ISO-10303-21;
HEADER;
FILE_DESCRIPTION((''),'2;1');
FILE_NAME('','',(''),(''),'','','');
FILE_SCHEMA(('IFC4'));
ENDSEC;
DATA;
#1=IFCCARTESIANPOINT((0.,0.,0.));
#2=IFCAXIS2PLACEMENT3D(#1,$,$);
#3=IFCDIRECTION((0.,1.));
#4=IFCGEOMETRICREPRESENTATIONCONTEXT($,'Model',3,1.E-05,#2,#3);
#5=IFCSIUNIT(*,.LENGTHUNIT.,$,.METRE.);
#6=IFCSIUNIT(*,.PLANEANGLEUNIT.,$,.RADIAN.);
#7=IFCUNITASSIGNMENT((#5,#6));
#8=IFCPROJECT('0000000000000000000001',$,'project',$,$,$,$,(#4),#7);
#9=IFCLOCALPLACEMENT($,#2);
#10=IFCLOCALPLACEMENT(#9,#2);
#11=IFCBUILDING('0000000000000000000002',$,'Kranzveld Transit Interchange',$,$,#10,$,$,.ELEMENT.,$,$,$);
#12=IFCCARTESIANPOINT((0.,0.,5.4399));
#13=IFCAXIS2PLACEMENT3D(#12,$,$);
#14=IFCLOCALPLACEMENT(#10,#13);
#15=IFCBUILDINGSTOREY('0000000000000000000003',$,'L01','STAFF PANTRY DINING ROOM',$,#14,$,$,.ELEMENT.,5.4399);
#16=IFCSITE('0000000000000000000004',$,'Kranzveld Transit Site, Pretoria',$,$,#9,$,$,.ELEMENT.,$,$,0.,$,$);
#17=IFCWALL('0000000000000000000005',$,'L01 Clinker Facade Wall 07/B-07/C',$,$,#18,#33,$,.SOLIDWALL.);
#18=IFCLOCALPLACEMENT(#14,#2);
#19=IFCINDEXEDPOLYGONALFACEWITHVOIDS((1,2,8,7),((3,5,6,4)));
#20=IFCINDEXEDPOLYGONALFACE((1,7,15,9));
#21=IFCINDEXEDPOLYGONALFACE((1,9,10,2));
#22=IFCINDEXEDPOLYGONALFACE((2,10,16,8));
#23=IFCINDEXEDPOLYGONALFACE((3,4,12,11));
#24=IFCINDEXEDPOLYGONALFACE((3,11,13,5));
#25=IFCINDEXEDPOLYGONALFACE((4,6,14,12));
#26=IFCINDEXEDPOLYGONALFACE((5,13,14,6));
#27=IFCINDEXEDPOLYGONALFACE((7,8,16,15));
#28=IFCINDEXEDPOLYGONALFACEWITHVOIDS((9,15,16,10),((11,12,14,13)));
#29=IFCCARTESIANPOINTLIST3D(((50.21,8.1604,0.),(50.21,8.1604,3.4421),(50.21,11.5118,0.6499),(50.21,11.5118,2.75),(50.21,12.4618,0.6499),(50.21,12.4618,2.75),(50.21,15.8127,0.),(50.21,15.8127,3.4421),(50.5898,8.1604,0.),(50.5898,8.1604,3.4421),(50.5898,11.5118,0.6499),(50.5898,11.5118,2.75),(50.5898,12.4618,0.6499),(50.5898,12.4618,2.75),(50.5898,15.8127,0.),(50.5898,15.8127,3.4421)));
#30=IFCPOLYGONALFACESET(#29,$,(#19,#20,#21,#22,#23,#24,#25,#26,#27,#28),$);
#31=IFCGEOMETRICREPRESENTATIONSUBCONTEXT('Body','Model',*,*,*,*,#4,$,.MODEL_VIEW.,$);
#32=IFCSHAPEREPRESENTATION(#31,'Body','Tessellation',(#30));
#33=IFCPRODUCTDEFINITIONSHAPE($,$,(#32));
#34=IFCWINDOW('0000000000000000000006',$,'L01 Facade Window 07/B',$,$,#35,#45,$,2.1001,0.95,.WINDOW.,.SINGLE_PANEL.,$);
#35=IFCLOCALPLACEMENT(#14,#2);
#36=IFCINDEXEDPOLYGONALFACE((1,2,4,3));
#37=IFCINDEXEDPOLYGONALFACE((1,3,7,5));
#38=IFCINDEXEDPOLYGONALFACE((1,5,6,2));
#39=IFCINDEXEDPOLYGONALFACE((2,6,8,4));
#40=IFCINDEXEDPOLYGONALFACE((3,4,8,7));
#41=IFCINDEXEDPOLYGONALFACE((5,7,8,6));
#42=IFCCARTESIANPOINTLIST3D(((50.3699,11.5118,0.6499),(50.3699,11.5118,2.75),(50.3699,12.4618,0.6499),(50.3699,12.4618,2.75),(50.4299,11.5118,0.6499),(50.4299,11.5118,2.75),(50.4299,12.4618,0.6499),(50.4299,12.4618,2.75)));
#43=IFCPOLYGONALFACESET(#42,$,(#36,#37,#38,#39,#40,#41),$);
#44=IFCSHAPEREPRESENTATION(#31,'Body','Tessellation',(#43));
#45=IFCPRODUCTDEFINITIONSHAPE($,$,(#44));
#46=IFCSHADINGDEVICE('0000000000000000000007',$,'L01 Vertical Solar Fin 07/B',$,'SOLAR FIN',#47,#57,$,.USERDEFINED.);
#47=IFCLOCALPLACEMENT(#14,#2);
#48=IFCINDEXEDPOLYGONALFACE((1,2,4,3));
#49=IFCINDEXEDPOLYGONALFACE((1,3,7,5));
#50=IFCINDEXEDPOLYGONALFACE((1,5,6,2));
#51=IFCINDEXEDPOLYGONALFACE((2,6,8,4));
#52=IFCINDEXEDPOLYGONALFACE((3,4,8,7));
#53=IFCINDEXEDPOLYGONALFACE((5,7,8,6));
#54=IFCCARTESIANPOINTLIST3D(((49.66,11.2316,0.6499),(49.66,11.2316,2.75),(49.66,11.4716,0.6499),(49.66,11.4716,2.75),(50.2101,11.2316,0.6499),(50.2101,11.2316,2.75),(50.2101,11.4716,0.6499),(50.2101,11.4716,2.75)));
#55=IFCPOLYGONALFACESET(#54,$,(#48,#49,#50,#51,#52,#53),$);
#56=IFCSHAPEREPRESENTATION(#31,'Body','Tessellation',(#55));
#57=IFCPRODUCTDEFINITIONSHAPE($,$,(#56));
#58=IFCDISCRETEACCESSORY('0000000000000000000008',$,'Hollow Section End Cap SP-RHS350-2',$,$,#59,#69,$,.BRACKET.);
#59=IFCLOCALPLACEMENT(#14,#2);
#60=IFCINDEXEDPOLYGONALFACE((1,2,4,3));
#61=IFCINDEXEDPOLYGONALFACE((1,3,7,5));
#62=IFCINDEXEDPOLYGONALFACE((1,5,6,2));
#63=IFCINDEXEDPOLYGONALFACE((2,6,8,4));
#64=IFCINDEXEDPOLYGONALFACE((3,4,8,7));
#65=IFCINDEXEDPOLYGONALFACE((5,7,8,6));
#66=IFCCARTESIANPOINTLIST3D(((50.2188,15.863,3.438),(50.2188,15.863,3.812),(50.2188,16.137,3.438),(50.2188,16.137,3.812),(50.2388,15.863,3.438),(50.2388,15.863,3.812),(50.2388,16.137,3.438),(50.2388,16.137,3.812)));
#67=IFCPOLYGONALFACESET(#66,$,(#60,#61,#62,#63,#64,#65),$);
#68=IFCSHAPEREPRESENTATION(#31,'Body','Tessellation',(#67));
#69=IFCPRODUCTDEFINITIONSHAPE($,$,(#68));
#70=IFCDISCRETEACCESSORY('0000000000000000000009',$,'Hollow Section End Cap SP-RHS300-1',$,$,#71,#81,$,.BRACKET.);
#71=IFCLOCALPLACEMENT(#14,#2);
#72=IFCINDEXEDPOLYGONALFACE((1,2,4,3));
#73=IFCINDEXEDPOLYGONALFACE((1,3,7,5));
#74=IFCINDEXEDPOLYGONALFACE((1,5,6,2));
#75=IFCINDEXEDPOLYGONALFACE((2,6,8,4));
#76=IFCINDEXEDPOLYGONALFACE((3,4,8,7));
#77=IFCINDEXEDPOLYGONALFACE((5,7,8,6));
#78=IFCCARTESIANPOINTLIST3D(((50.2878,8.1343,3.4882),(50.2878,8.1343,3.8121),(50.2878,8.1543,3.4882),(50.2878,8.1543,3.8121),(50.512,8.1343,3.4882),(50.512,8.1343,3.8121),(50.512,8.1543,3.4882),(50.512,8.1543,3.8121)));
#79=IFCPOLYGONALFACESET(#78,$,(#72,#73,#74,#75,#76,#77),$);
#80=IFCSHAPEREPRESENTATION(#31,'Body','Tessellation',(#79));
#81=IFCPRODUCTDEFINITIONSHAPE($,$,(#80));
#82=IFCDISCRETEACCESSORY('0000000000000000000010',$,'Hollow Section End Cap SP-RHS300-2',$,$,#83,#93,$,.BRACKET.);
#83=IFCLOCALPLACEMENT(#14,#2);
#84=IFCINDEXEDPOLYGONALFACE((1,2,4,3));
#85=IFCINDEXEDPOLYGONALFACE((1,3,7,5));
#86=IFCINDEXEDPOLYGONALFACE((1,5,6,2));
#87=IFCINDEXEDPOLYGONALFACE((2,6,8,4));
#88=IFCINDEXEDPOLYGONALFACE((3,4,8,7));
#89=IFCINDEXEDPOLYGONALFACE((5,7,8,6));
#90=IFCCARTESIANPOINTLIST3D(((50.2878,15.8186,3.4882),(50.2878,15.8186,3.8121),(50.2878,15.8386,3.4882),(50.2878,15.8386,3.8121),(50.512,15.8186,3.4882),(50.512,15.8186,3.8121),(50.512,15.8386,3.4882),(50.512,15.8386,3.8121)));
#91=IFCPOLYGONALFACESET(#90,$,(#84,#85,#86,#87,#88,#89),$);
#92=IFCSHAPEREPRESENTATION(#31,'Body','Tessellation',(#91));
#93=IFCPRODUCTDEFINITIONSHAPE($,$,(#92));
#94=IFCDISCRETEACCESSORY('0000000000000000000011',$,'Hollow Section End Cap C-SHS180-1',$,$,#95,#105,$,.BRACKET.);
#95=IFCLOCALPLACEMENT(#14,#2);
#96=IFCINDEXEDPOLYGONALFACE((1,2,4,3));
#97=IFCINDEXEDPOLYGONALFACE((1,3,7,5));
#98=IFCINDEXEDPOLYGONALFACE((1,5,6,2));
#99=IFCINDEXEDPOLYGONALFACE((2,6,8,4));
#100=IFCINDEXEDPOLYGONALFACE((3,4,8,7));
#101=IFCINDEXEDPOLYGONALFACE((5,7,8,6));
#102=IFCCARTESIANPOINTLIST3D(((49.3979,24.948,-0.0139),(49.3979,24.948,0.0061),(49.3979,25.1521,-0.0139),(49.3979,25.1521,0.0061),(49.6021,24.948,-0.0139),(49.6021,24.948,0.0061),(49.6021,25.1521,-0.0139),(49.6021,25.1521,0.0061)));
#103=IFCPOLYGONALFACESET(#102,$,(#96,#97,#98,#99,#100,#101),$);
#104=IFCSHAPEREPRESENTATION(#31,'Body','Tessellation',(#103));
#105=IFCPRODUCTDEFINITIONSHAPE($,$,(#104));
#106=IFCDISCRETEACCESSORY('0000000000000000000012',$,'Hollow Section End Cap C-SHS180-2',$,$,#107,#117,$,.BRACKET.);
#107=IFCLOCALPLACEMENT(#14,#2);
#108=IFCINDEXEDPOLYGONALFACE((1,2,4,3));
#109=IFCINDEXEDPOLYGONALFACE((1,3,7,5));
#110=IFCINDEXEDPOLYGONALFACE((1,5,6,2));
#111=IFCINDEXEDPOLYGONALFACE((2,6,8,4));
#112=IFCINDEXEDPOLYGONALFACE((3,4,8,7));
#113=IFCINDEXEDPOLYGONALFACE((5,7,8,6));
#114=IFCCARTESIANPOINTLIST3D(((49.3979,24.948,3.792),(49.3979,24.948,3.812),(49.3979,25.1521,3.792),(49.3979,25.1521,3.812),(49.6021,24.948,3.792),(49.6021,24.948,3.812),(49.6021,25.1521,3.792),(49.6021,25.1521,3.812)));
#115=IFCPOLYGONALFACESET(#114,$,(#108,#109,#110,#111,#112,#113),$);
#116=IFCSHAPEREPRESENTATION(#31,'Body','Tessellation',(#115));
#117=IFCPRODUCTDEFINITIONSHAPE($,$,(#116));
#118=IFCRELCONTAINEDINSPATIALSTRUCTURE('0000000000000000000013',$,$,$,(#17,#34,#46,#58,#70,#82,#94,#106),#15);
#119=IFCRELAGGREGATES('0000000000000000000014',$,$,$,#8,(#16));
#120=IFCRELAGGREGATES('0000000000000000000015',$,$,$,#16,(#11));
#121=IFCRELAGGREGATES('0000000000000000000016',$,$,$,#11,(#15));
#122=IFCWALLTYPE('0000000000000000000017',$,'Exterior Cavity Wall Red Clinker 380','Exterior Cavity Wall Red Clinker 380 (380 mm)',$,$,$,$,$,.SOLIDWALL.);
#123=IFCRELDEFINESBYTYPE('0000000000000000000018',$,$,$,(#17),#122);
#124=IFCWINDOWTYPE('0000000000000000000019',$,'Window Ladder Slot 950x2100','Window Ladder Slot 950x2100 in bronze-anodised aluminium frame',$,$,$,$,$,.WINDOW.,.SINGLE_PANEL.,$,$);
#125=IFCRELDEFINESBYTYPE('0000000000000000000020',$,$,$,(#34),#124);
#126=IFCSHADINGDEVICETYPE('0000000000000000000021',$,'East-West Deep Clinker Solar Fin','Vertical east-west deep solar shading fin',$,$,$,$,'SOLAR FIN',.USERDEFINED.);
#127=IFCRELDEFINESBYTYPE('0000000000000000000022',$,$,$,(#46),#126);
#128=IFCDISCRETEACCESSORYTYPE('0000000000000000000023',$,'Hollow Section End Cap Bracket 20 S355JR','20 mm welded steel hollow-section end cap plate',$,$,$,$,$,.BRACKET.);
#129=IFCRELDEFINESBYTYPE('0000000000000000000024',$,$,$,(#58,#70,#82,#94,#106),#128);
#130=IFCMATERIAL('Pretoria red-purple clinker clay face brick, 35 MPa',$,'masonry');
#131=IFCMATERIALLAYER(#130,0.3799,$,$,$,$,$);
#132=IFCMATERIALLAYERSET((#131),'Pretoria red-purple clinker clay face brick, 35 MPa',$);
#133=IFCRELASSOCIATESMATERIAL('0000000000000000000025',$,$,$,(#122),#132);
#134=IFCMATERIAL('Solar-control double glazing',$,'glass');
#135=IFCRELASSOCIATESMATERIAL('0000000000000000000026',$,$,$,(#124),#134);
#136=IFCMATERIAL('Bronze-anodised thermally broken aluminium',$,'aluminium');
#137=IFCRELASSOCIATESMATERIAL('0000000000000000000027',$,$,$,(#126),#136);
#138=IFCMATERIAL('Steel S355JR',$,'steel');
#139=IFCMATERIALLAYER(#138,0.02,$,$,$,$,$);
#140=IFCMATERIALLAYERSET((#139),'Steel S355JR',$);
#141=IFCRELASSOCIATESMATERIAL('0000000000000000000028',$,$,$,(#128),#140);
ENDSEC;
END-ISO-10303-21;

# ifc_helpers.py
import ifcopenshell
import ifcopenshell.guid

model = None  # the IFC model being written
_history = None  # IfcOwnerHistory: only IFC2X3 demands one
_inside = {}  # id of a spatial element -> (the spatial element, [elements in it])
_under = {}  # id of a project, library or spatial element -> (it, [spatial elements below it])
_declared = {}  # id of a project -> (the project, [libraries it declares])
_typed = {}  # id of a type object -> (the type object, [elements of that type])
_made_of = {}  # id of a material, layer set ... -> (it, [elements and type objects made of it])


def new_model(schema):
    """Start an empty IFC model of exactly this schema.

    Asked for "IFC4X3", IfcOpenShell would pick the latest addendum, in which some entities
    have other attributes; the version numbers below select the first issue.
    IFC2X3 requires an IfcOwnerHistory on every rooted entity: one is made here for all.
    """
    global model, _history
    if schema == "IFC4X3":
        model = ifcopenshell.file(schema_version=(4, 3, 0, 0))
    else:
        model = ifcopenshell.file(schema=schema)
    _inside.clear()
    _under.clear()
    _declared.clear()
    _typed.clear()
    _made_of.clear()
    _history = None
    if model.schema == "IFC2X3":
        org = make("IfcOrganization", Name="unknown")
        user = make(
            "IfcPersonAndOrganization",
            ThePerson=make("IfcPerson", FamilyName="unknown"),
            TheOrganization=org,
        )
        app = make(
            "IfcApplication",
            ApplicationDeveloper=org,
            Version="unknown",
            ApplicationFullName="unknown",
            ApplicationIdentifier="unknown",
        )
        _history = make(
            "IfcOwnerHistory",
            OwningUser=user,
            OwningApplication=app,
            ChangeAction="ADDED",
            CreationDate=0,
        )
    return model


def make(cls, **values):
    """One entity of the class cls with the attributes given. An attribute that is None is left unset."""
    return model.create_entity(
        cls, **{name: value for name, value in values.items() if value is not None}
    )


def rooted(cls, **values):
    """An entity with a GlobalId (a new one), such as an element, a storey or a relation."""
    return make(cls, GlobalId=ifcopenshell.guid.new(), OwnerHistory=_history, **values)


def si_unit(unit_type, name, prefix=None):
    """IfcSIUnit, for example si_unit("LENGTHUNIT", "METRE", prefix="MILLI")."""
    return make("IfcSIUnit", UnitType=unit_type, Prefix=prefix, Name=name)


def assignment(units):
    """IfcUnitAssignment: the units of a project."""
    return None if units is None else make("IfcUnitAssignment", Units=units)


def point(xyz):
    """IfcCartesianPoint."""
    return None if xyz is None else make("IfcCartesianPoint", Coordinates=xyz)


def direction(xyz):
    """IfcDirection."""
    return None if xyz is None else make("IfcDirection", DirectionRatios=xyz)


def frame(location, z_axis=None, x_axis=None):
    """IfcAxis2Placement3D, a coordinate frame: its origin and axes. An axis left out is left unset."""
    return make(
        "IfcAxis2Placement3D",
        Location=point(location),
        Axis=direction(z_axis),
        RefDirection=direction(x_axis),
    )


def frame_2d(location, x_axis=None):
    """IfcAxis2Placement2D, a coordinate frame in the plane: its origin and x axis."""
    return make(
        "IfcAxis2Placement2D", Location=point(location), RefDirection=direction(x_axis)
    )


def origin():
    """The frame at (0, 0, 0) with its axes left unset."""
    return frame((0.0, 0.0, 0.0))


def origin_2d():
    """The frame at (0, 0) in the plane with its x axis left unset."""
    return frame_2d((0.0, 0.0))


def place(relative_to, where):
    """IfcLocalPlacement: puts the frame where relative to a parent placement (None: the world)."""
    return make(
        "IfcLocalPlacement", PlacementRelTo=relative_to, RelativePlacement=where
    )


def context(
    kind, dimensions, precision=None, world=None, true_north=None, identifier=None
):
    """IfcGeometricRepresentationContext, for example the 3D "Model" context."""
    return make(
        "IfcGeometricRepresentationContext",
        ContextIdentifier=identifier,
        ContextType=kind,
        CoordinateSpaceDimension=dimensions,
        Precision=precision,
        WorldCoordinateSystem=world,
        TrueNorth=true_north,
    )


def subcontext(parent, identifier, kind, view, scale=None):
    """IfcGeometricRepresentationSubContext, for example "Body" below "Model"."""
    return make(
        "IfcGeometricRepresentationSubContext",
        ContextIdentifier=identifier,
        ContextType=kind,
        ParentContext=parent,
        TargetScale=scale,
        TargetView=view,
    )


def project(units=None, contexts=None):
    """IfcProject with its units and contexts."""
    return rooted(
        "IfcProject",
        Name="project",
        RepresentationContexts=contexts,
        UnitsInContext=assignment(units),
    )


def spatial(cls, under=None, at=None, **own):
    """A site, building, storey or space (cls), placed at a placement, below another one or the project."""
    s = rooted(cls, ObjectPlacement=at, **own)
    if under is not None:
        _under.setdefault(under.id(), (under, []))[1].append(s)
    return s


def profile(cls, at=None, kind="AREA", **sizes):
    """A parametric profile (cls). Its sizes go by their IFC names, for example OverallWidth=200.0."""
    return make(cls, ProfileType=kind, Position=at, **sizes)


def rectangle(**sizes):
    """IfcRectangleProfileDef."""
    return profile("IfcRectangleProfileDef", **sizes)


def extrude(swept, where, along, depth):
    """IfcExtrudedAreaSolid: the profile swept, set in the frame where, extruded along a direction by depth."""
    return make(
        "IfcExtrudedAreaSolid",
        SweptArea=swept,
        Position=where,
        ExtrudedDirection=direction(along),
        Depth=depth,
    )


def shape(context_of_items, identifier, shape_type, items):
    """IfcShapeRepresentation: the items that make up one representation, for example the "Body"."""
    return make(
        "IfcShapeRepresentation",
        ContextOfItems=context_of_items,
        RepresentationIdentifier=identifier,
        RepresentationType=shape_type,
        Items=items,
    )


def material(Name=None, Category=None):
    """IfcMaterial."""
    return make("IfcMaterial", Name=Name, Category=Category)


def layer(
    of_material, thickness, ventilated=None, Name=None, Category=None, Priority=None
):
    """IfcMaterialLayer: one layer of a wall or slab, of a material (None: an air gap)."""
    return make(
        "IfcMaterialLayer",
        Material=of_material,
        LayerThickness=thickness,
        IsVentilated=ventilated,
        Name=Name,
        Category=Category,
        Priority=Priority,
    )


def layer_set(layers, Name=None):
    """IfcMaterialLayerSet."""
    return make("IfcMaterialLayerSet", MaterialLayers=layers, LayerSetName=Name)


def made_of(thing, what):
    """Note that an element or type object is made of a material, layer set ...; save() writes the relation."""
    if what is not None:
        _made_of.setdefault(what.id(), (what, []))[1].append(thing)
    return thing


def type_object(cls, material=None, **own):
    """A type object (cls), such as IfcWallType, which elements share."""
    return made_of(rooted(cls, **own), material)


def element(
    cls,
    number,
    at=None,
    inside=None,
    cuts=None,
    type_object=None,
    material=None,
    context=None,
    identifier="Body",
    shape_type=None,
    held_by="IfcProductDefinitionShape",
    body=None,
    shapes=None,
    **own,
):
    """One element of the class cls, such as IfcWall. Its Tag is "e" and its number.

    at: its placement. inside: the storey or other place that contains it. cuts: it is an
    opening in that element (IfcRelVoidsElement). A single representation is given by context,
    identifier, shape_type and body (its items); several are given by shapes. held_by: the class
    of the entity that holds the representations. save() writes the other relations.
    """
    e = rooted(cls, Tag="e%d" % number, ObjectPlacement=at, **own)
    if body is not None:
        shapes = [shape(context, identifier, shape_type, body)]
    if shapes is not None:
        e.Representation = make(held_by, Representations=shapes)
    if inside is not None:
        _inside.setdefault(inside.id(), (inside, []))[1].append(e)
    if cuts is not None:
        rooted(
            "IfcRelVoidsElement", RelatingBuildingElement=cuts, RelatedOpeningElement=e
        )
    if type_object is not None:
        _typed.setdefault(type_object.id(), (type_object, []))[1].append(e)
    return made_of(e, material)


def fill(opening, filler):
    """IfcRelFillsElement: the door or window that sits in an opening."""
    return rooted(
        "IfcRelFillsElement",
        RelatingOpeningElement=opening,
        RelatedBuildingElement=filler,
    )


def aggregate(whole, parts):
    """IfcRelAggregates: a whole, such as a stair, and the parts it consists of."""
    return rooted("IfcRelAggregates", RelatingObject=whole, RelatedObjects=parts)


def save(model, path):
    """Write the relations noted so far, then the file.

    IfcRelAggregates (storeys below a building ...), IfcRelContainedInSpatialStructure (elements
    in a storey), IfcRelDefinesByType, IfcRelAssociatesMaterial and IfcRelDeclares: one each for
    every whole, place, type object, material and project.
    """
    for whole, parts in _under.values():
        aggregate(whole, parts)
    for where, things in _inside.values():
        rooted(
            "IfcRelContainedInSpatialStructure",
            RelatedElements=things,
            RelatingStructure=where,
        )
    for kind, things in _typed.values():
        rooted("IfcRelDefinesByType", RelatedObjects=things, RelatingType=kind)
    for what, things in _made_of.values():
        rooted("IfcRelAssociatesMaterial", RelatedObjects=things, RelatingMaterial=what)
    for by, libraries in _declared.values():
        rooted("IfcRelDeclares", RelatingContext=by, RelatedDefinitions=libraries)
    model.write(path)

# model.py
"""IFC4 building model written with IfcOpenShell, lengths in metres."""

from ifc_helpers import new_model, si_unit, direction, frame, frame_2d, origin, origin_2d, place, context, subcontext, project, spatial, rectangle, extrude, material, layer, layer_set, type_object, element, fill, save


model = new_model("IFC4")

# Units and contexts
model_context = context("Model", 3, precision=1e-05, world=origin(), true_north=direction((0.0, 1.0)))
body_context = subcontext(model_context, "Body", "Model", "MODEL_VIEW")
ifc_project = project(units=[si_unit("LENGTHUNIT", "METRE"), si_unit("PLANEANGLEUNIT", "RADIAN")], contexts=[model_context])

# Site, building, storey
site_placement = place(None, origin())
site = spatial("IfcSite", under=ifc_project, at=site_placement, Name="Kranzveld Transit Site, Pretoria", CompositionType="ELEMENT", RefElevation=0.0)
building_placement = place(site_placement, origin())
building = spatial("IfcBuilding", under=site, at=building_placement, Name="Kranzveld Transit Interchange", CompositionType="ELEMENT")
storey_placement = place(building_placement, frame((0.0, 0.0, 5.4399)))
storey = spatial("IfcBuildingStorey", under=building, at=storey_placement, Name="L01", Description="STAFF PANTRY DINING ROOM", CompositionType="ELEMENT", Elevation=5.4399)

# Wall, opening, window
ifc_material_1 = material(Name="Pretoria red-purple clinker clay face brick, 35 MPa", Category="masonry")
ifc_layer_1 = layer(ifc_material_1, 0.3799)
ifc_layer_set_1 = layer_set([ifc_layer_1], Name="Pretoria red-purple clinker clay face brick, 35 MPa")
wall_type_1 = type_object("IfcWallType", Name="Exterior Cavity Wall Red Clinker 380", Description="Exterior Cavity Wall Red Clinker 380 (380 mm)", PredefinedType="SOLIDWALL", material=ifc_layer_set_1)
wall_1_placement = place(storey_placement, frame((50.3999, 8.1604, 0.0), z_axis=(0.0, 0.0, 1.0), x_axis=(0.0, 1.0, 0.0)))
wall_1 = element("IfcWall", 1, at=wall_1_placement, inside=storey, type_object=wall_type_1, Name="L01 Clinker Facade Wall 07/B-07/C", PredefinedType="SOLIDWALL", context=body_context, shape_type="SweptSolid", body=[
    extrude(rectangle(XDim=7.6523, YDim=0.3799, at=frame_2d((3.8262, 0.0))), origin(), (0.0, 0.0, 1.0), 3.4421),
])
opening_1_placement = place(wall_1_placement, frame((3.3513, 0.0, 0.6499), z_axis=(0.0, 0.0, 1.0), x_axis=(1.0, 0.0, 0.0)))
opening_1 = element("IfcOpeningElement", 2, at=opening_1_placement, cuts=wall_1, PredefinedType="OPENING", context=body_context, shape_type="SweptSolid", body=[
    extrude(rectangle(XDim=0.95, YDim=2.1001, at=frame_2d((0.4751, 1.05))), frame((0.0, 0.2, 0.0), z_axis=(0.0, -1.0, 0.0), x_axis=(1.0, 0.0, 0.0)), (0.0, 0.0, 1.0), 0.3999),
])
ifc_material_2 = material(Name="Solar-control double glazing", Category="glass")
window_type = type_object("IfcWindowType", Name="Window Ladder Slot 950x2100", Description="Window Ladder Slot 950x2100 in bronze-anodised aluminium frame", PartitioningType="SINGLE_PANEL", PredefinedType="WINDOW", material=ifc_material_2)
window_placement = place(opening_1_placement, origin())
window = element("IfcWindow", 3, at=window_placement, inside=storey, type_object=window_type, Name="L01 Facade Window 07/B", OverallHeight=2.1001, OverallWidth=0.95, PartitioningType="SINGLE_PANEL", PredefinedType="WINDOW", context=body_context, shape_type="SweptSolid", body=[
    extrude(rectangle(XDim=0.95, YDim=2.1001, at=frame_2d((0.4751, 1.05))), frame((0.0, 0.03, 0.0), z_axis=(0.0, -1.0, 0.0), x_axis=(1.0, 0.0, 0.0)), (0.0, 0.0, 1.0), 0.0601),
])
fill(opening_1, window)

# Shading device
ifc_material_3 = material(Name="Bronze-anodised thermally broken aluminium", Category="aluminium")
shading_device_type = type_object("IfcShadingDeviceType", Name="East-West Deep Clinker Solar Fin", Description="Vertical east-west deep solar shading fin", ElementType="SOLAR FIN", PredefinedType="USERDEFINED", material=ifc_material_3)
shading_device_placement = place(storey_placement, frame((49.9351, 11.3516, 0.6499), z_axis=(0.0, 0.0, 1.0), x_axis=(0.0, 1.0, 0.0)))
element("IfcShadingDevice", 4, at=shading_device_placement, inside=storey, type_object=shading_device_type, Name="L01 Vertical Solar Fin 07/B", ObjectType="SOLAR FIN", PredefinedType="USERDEFINED", context=body_context, shape_type="SweptSolid", body=[
    extrude(rectangle(XDim=0.24, YDim=0.55, at=origin_2d()), origin(), (0.0, 0.0, 1.0), 2.1001),
])

# Discrete accessories
ifc_material_4 = material(Name="Steel S355JR", Category="steel")
ifc_layer_2 = layer(ifc_material_4, 0.02)
ifc_layer_set_2 = layer_set([ifc_layer_2], Name="Steel S355JR")
discrete_accessory_type = type_object("IfcDiscreteAccessoryType", Name="Hollow Section End Cap Bracket 20 S355JR", Description="20 mm welded steel hollow-section end cap plate", PredefinedType="BRACKET", material=ifc_layer_set_2)
discrete_accessory_placement = place(storey_placement, frame((50.2188, 16.0, 3.625), z_axis=(1.0, 0.0, 0.0), x_axis=(0.0, 1.0, 0.0)))
element("IfcDiscreteAccessory", 5, at=discrete_accessory_placement, inside=storey, type_object=discrete_accessory_type, Name="Hollow Section End Cap SP-RHS350-2", PredefinedType="BRACKET", context=body_context, shape_type="SweptSolid", body=[
    extrude(rectangle(XDim=0.2739, YDim=0.374, at=origin_2d()), origin(), (0.0, 0.0, 1.0), 0.02),
])
for number, where, z_axis, x_axis, name in (
    (6, (50.3999, 8.1543, 3.6501), (0.0, -1.0, 0.0), (1.0, 0.0, 0.0), "Hollow Section End Cap SP-RHS300-1"),
    (7, (50.3999, 15.8186, 3.6501), (0.0, 1.0, 0.0), (-1.0, 0.0, 0.0), "Hollow Section End Cap SP-RHS300-2"),
):
    element("IfcDiscreteAccessory", number, at=place(storey_placement, frame(where, z_axis=z_axis, x_axis=x_axis)), inside=storey, type_object=discrete_accessory_type, Name=name, PredefinedType="BRACKET", context=body_context, shape_type="SweptSolid", body=[
        extrude(rectangle(XDim=0.2241, YDim=0.324, at=origin_2d()), origin(), (0.0, 0.0, 1.0), 0.02),
    ])
for number, where, z_axis, x_axis, name in (
    (8, (49.5, 25.05, 0.0061), (0.0, 0.0, -1.0), (1.0, 0.0, 0.0), "Hollow Section End Cap C-SHS180-1"),
    (9, (49.5, 25.05, 3.792), (0.0, 0.0, 1.0), (1.0, 0.0, 0.0), "Hollow Section End Cap C-SHS180-2"),
):
    element("IfcDiscreteAccessory", number, at=place(storey_placement, frame(where, z_axis=z_axis, x_axis=x_axis)), inside=storey, type_object=discrete_accessory_type, Name=name, PredefinedType="BRACKET", context=body_context, shape_type="SweptSolid", body=[
        extrude(rectangle(XDim=0.2041, YDim=0.2041, at=origin_2d()), origin(), (0.0, 0.0, 1.0), 0.02),
    ])

save(model, "model.ifc")
